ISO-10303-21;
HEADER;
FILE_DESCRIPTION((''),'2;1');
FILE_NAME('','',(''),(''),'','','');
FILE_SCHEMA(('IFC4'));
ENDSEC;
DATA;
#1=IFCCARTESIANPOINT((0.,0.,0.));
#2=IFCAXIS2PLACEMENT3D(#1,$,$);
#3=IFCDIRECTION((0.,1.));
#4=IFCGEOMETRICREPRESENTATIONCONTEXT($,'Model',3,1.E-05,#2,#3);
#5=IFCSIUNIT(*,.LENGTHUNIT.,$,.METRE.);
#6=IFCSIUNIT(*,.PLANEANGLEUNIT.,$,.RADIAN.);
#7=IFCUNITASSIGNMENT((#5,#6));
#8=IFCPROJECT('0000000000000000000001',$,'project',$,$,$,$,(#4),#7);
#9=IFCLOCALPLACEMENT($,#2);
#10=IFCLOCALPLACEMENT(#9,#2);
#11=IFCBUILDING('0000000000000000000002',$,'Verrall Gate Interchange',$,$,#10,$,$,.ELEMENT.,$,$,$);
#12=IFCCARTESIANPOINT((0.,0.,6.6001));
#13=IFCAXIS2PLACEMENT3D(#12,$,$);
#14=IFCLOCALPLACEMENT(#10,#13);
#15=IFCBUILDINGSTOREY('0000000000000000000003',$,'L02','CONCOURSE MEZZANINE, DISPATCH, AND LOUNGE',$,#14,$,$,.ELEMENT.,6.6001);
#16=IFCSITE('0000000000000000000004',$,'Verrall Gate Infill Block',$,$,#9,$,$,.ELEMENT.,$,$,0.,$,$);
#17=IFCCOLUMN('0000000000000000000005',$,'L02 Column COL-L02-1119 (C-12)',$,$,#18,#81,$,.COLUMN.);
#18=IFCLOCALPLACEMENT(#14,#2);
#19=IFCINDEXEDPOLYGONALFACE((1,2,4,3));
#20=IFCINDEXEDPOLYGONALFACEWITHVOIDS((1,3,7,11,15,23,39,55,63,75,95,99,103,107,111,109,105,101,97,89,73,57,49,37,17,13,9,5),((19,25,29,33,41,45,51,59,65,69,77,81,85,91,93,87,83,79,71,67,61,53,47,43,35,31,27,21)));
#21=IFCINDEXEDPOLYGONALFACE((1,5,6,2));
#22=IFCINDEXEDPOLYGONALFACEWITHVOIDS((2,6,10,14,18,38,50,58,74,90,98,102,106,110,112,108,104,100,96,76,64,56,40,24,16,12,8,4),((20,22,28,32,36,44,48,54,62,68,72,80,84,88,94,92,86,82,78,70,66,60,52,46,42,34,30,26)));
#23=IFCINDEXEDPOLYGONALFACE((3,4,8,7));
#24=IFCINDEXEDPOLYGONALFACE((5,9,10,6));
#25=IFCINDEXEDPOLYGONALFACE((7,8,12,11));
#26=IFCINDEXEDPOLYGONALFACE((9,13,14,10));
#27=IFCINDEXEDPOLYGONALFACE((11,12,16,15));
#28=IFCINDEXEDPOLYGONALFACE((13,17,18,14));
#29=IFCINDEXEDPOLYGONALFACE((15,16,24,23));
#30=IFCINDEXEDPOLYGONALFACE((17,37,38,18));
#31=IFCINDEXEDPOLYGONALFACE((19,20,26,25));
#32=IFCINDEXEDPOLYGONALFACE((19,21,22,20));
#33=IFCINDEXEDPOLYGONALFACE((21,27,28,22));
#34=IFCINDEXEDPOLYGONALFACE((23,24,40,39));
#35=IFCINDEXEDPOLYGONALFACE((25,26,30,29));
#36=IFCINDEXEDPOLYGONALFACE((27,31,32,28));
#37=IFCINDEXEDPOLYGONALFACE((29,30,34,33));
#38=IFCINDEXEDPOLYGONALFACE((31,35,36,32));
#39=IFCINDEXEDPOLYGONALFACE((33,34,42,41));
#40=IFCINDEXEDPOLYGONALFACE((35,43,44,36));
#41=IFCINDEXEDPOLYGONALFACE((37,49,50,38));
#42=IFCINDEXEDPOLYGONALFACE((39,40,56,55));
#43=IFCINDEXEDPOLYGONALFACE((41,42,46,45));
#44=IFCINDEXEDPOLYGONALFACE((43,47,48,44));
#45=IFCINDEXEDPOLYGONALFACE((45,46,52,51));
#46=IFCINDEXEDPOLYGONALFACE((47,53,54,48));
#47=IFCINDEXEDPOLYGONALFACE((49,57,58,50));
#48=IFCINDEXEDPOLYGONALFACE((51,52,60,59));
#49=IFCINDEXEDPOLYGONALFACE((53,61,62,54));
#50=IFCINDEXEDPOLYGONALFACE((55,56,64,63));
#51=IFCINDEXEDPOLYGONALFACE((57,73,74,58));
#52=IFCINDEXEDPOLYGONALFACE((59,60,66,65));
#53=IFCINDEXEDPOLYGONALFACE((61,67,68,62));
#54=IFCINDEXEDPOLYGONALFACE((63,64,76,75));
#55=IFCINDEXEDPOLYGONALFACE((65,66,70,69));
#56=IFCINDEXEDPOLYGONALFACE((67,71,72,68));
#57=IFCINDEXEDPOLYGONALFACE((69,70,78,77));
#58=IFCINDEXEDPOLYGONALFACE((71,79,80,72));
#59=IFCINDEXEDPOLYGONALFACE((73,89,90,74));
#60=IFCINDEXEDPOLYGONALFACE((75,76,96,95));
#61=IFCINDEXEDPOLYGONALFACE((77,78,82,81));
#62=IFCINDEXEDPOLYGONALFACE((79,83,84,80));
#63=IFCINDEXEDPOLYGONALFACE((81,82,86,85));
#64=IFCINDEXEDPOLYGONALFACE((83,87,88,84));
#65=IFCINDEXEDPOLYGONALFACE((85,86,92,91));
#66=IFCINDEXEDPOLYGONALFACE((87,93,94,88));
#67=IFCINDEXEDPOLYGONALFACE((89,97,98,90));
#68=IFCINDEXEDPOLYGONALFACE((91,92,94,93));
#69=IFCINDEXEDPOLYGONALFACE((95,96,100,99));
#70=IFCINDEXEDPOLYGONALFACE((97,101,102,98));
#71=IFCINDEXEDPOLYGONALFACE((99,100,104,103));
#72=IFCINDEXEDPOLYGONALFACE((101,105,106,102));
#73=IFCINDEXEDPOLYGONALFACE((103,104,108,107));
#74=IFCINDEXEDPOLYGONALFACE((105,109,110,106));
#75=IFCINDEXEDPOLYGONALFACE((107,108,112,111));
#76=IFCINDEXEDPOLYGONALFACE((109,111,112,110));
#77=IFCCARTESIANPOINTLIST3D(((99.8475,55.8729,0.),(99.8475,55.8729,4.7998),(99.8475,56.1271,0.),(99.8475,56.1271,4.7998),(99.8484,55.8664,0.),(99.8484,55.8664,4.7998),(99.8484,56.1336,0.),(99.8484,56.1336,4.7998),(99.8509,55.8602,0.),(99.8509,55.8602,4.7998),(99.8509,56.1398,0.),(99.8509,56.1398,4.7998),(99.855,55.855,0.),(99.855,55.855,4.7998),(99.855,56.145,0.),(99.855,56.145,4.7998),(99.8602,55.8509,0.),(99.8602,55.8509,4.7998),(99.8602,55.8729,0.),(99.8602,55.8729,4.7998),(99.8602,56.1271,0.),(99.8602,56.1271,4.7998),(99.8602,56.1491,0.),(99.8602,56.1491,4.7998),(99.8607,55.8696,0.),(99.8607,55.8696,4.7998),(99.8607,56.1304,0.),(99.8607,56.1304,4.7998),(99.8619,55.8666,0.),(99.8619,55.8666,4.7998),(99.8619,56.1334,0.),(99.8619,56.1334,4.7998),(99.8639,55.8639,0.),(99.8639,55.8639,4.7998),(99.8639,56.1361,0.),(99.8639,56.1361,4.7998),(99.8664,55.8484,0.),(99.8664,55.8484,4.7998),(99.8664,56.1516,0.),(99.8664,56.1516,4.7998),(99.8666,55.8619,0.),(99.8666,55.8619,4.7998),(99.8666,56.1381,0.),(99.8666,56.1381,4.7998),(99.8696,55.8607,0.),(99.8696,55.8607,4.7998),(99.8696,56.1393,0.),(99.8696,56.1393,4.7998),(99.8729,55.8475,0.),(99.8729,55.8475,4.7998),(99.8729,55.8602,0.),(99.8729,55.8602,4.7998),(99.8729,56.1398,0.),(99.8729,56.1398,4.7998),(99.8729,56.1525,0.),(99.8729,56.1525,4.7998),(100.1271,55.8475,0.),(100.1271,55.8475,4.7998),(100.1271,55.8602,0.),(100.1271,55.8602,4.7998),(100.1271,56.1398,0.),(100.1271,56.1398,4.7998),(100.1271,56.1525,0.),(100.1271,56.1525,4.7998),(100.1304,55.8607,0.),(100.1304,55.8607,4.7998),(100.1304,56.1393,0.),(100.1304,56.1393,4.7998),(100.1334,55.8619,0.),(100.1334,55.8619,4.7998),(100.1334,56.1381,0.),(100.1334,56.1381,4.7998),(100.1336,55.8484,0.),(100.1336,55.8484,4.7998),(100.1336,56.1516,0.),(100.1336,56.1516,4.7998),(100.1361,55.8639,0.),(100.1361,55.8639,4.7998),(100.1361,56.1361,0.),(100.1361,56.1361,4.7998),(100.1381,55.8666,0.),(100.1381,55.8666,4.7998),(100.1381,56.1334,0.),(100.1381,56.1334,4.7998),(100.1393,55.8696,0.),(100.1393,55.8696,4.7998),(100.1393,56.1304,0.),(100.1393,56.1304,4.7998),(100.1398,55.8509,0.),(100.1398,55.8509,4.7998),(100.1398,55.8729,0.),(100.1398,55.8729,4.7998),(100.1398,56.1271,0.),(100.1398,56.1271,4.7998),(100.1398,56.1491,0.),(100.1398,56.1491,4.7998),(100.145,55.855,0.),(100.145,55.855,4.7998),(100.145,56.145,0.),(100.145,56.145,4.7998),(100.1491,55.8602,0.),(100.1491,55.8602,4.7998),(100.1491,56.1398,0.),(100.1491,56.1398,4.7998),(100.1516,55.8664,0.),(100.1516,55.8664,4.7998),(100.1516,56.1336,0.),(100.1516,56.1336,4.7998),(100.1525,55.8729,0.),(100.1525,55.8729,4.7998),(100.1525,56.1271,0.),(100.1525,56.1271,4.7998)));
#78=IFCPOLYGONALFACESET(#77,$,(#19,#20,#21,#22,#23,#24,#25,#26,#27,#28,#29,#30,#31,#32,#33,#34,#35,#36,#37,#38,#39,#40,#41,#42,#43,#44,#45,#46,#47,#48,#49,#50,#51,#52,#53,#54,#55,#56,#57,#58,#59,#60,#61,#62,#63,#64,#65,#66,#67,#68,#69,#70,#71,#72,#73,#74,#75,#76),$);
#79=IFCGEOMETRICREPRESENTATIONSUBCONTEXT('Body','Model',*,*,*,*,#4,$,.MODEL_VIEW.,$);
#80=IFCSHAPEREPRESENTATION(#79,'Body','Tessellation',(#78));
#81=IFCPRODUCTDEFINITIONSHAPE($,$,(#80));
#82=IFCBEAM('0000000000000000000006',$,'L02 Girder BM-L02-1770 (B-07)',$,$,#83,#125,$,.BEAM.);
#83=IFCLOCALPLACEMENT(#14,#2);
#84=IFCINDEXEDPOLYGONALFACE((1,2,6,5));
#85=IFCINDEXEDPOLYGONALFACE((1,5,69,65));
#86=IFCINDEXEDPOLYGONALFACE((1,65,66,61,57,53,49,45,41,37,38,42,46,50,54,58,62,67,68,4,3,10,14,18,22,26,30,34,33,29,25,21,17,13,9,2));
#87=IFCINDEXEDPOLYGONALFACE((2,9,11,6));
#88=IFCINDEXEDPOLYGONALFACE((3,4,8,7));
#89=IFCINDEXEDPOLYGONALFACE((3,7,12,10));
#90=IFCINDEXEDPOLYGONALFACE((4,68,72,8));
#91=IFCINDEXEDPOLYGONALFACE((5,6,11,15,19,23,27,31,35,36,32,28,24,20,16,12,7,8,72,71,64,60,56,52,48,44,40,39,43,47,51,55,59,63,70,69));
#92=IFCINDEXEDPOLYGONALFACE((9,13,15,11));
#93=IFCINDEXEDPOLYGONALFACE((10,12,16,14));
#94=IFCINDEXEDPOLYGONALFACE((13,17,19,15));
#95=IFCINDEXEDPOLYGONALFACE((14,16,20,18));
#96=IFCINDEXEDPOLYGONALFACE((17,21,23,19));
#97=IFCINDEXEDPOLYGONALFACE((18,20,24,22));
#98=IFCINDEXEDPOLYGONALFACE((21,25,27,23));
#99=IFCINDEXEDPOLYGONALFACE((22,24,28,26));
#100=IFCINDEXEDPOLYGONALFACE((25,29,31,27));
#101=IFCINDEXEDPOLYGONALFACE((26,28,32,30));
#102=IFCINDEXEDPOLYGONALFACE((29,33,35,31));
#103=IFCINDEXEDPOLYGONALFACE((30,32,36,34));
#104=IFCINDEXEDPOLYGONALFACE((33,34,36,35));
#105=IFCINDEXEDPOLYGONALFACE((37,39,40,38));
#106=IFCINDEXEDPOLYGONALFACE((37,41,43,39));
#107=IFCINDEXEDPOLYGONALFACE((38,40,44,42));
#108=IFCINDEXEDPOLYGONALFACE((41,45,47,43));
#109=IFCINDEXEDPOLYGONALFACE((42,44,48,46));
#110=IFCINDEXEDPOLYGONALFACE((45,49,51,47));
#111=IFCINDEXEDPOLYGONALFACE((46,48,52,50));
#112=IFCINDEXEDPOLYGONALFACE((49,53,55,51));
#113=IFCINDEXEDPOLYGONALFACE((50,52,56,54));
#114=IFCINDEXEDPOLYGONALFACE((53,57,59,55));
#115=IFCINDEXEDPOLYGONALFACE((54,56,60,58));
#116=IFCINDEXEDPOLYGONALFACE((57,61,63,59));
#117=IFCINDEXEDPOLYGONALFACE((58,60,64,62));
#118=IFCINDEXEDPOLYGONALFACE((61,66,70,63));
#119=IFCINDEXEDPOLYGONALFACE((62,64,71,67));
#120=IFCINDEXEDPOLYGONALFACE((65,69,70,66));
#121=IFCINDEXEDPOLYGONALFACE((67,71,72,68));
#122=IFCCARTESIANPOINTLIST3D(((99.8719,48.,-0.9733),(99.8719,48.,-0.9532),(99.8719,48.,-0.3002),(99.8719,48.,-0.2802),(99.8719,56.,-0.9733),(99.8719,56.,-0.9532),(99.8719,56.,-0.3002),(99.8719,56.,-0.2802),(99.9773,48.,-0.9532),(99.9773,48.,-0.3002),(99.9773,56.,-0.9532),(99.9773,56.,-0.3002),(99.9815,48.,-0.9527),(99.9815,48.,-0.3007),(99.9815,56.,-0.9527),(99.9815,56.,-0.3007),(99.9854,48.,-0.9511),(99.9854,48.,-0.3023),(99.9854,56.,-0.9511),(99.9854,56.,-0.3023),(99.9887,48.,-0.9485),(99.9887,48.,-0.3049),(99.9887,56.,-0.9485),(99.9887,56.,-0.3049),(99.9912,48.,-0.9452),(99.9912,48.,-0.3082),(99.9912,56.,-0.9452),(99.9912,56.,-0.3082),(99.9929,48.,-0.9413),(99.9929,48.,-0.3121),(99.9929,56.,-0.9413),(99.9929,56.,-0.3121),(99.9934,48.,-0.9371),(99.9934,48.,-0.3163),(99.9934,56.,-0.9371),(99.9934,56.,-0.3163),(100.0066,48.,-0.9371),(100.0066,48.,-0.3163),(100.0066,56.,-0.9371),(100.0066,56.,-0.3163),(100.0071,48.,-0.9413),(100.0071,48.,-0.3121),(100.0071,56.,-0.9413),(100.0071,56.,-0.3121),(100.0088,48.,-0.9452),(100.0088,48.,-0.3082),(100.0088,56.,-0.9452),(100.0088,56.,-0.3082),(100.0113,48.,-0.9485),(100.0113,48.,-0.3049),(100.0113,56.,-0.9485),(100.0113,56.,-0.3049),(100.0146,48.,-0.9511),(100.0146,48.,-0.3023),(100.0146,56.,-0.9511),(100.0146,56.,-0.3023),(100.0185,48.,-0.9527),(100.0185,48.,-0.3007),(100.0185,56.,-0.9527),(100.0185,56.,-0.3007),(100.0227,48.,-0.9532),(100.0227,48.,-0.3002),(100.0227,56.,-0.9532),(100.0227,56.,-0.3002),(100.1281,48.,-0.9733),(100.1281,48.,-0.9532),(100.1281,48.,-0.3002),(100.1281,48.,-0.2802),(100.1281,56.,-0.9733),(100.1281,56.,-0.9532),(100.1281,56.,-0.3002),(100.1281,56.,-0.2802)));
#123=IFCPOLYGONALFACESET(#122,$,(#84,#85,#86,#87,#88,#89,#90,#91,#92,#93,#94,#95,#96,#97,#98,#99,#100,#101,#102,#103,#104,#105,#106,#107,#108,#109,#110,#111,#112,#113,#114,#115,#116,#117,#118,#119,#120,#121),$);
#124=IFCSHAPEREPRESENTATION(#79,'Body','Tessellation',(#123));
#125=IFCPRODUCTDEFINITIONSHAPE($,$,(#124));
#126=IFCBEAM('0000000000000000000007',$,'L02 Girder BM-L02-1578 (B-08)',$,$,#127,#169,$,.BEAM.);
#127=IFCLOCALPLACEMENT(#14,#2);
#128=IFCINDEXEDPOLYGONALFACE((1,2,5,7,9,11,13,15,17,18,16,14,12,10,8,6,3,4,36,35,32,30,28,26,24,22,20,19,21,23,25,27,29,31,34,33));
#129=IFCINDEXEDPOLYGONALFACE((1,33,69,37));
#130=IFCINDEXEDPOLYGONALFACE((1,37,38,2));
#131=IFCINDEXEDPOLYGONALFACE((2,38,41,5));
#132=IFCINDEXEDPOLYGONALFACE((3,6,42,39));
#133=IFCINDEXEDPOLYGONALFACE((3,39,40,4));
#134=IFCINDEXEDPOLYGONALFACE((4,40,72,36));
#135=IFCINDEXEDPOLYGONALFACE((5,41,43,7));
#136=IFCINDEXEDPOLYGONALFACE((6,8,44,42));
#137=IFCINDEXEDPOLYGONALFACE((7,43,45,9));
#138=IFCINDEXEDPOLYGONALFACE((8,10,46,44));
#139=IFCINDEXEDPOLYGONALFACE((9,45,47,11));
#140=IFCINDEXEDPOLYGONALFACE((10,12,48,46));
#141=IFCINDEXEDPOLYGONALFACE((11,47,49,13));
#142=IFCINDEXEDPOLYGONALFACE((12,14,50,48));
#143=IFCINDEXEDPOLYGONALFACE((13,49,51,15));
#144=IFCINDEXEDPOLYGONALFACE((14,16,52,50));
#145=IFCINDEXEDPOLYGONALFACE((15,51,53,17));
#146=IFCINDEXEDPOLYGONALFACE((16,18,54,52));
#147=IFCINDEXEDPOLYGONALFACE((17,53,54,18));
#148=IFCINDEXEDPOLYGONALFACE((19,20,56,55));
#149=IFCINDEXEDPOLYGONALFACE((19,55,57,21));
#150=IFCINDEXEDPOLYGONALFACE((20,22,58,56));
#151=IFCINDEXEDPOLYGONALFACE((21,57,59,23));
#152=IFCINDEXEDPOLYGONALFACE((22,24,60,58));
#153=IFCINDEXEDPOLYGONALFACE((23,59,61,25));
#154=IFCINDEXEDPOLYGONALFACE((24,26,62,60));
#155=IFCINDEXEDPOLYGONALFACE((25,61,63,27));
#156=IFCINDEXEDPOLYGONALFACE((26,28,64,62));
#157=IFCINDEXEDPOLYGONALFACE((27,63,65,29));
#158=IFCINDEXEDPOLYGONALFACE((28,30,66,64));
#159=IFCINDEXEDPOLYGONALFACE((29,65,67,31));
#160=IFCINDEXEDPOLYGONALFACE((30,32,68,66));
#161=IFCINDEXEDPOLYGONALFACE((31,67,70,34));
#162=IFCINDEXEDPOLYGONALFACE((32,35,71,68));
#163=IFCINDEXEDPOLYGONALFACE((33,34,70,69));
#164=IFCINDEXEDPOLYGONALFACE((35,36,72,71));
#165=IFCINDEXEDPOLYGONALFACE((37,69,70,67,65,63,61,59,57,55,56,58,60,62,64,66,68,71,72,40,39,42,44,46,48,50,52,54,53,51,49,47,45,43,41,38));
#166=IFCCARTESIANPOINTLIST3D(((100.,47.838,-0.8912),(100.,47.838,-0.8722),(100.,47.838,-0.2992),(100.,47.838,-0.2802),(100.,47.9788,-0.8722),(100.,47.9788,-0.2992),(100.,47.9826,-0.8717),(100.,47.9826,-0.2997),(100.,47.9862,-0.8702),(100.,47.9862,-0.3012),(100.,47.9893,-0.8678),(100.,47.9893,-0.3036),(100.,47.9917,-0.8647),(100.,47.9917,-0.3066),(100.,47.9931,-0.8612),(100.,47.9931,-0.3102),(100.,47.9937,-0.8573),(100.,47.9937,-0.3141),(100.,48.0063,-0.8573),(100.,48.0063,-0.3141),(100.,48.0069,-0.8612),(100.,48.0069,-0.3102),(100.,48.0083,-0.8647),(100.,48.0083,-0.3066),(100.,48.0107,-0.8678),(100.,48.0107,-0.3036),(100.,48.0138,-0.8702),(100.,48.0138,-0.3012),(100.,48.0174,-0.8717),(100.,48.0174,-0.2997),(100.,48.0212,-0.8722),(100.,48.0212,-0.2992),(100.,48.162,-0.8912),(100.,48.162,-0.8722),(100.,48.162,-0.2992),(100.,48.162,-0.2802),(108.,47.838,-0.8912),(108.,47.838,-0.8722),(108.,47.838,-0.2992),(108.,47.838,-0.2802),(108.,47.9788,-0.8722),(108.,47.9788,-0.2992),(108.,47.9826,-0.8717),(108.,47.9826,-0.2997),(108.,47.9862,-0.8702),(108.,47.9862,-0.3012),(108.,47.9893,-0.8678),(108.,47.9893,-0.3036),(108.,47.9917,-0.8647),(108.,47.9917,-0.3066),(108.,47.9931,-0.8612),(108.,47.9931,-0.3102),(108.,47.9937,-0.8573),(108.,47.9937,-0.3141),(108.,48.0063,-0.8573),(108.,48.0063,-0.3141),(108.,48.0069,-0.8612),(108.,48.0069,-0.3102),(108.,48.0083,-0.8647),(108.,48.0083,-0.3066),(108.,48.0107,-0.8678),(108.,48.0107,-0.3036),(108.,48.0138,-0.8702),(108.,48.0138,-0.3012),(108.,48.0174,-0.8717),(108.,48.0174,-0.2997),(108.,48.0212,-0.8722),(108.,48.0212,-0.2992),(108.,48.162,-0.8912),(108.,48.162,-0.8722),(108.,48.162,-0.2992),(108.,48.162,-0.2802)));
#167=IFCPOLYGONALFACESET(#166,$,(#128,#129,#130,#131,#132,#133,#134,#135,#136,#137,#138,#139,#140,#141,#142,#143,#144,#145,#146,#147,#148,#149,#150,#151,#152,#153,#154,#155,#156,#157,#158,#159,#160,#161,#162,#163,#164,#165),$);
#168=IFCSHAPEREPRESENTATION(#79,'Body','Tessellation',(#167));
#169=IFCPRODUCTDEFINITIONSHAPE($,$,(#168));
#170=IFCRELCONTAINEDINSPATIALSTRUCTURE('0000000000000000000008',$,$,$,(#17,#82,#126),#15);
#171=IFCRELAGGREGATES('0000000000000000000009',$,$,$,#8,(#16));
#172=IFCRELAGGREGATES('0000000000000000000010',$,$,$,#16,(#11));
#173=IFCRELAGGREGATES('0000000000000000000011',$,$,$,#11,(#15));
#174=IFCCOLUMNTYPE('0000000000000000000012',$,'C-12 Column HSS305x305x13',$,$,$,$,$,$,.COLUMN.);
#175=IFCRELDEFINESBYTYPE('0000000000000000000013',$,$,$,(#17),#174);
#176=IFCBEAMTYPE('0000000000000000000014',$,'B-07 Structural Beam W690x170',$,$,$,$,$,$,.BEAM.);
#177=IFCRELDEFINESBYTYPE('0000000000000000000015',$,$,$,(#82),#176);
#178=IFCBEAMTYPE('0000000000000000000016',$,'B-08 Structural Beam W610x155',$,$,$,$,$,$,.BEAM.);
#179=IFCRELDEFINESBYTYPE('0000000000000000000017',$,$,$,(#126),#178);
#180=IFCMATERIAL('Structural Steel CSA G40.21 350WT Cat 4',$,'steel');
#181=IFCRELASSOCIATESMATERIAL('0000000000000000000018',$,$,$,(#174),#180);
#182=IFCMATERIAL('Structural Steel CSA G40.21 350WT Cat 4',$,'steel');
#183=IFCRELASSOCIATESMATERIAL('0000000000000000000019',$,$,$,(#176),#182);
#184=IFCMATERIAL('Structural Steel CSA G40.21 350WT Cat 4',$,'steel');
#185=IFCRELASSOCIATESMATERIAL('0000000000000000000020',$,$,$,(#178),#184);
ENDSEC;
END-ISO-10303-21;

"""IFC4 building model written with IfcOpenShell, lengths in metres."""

from ifc_helpers import new_model, si_unit, direction, frame, origin, origin_2d, place, context, subcontext, project, spatial, hollow_rectangle, i_section, extrude, material, material_profile, profile_set, type_object, element, save


model = new_model("IFC4")

# Units and contexts
model_context = context("Model", 3, precision=1e-05, world=origin(), true_north=direction((0.0, 1.0)))
body_context = subcontext(model_context, "Body", "Model", "MODEL_VIEW")
ifc_project = project(units=[si_unit("LENGTHUNIT", "METRE"), si_unit("PLANEANGLEUNIT", "RADIAN")], contexts=[model_context])

# Site, building, storey
site_placement = place(None, origin())
site = spatial("IfcSite", under=ifc_project, at=site_placement, Name="Verrall Gate Infill Block", CompositionType="ELEMENT", RefElevation=0.0)
building_placement = place(site_placement, origin())
building = spatial("IfcBuilding", under=site, at=building_placement, Name="Verrall Gate Interchange", CompositionType="ELEMENT")
storey_placement = place(building_placement, frame((0.0, 0.0, 6.6001)))
storey = spatial("IfcBuildingStorey", under=building, at=storey_placement, Name="L02", Description="CONCOURSE MEZZANINE, DISPATCH, AND LOUNGE", CompositionType="ELEMENT", Elevation=6.6001)

# Column
ifc_material_1 = material(Name="Structural Steel CSA G40.21 350WT Cat 4", Category="steel")
ifc_material_profile_1 = material_profile(ifc_material_1, hollow_rectangle(XDim=0.3049, YDim=0.3049, WallThickness=0.0127, InnerFilletRadius=0.0127, OuterFilletRadius=0.0254, at=origin_2d()), Name="HSS305x305x13")
ifc_profile_set_1 = profile_set([ifc_material_profile_1], Name="Structural Steel CSA G40.21 350WT Cat 4")
column_type = type_object("IfcColumnType", Name="C-12 Column HSS305x305x13", PredefinedType="COLUMN", material=ifc_profile_set_1)
column_placement = place(storey_placement, frame((100.0, 56.0, 0.0), z_axis=(0.0, 0.0, 1.0), x_axis=(1.0, 0.0, 0.0)))
element("IfcColumn", 1, at=column_placement, inside=storey, type_object=column_type, Name="L02 Column COL-L02-1119 (C-12)", PredefinedType="COLUMN", context=body_context, shape_type="SweptSolid", body=[
    extrude(hollow_rectangle(XDim=0.3049, YDim=0.3049, WallThickness=0.0127, InnerFilletRadius=0.0127, OuterFilletRadius=0.0254, at=origin_2d()), origin(), (0.0, 0.0, 1.0), 4.7998),
])

# Beams
ifc_material_2 = material(Name="Structural Steel CSA G40.21 350WT Cat 4", Category="steel")
ifc_material_profile_2 = material_profile(ifc_material_2, i_section(OverallWidth=0.2561, OverallDepth=0.6931, WebThickness=0.0132, FlangeThickness=0.02, FilletRadius=0.0161, at=origin_2d()), Name="W690x170")
ifc_profile_set_2 = profile_set([ifc_material_profile_2], Name="Structural Steel CSA G40.21 350WT Cat 4")
beam_type_1 = type_object("IfcBeamType", Name="B-07 Structural Beam W690x170", PredefinedType="BEAM", material=ifc_profile_set_2)
beam_1_placement = place(storey_placement, frame((100.0, 48.0, -0.6267), z_axis=(0.0, 1.0, 0.0), x_axis=(-1.0, 0.0, 0.0)))
element("IfcBeam", 2, at=beam_1_placement, inside=storey, type_object=beam_type_1, Name="L02 Girder BM-L02-1770 (B-07)", PredefinedType="BEAM", context=body_context, shape_type="SweptSolid", body=[
    extrude(i_section(OverallWidth=0.2561, OverallDepth=0.6931, WebThickness=0.0132, FlangeThickness=0.02, FilletRadius=0.0161, at=origin_2d()), origin(), (0.0, 0.0, 1.0), 8.0),
])
ifc_material_3 = material(Name="Structural Steel CSA G40.21 350WT Cat 4", Category="steel")
ifc_material_profile_3 = material_profile(ifc_material_3, i_section(OverallWidth=0.324, OverallDepth=0.6111, WebThickness=0.0127, FlangeThickness=0.019, FilletRadius=0.0149, at=origin_2d()), Name="W610x155")
ifc_profile_set_3 = profile_set([ifc_material_profile_3], Name="Structural Steel CSA G40.21 350WT Cat 4")
beam_type_2 = type_object("IfcBeamType", Name="B-08 Structural Beam W610x155", PredefinedType="BEAM", material=ifc_profile_set_3)
for number, where, z_axis, x_axis, name in (
    (3, (100.0, 48.0, -0.5857), (1.0, 0.0, 0.0), (0.0, 1.0, 0.0), "L02 Girder BM-L02-1578 (B-08)"),
):
    element("IfcBeam", number, at=place(storey_placement, frame(where, z_axis=z_axis, x_axis=x_axis)), inside=storey, type_object=beam_type_2, Name=name, PredefinedType="BEAM", context=body_context, shape_type="SweptSolid", body=[
        extrude(i_section(OverallWidth=0.324, OverallDepth=0.6111, WebThickness=0.0127, FlangeThickness=0.019, FilletRadius=0.0149, at=origin_2d()), origin(), (0.0, 0.0, 1.0), 8.0),
    ])

save(model, "model.ifc")
